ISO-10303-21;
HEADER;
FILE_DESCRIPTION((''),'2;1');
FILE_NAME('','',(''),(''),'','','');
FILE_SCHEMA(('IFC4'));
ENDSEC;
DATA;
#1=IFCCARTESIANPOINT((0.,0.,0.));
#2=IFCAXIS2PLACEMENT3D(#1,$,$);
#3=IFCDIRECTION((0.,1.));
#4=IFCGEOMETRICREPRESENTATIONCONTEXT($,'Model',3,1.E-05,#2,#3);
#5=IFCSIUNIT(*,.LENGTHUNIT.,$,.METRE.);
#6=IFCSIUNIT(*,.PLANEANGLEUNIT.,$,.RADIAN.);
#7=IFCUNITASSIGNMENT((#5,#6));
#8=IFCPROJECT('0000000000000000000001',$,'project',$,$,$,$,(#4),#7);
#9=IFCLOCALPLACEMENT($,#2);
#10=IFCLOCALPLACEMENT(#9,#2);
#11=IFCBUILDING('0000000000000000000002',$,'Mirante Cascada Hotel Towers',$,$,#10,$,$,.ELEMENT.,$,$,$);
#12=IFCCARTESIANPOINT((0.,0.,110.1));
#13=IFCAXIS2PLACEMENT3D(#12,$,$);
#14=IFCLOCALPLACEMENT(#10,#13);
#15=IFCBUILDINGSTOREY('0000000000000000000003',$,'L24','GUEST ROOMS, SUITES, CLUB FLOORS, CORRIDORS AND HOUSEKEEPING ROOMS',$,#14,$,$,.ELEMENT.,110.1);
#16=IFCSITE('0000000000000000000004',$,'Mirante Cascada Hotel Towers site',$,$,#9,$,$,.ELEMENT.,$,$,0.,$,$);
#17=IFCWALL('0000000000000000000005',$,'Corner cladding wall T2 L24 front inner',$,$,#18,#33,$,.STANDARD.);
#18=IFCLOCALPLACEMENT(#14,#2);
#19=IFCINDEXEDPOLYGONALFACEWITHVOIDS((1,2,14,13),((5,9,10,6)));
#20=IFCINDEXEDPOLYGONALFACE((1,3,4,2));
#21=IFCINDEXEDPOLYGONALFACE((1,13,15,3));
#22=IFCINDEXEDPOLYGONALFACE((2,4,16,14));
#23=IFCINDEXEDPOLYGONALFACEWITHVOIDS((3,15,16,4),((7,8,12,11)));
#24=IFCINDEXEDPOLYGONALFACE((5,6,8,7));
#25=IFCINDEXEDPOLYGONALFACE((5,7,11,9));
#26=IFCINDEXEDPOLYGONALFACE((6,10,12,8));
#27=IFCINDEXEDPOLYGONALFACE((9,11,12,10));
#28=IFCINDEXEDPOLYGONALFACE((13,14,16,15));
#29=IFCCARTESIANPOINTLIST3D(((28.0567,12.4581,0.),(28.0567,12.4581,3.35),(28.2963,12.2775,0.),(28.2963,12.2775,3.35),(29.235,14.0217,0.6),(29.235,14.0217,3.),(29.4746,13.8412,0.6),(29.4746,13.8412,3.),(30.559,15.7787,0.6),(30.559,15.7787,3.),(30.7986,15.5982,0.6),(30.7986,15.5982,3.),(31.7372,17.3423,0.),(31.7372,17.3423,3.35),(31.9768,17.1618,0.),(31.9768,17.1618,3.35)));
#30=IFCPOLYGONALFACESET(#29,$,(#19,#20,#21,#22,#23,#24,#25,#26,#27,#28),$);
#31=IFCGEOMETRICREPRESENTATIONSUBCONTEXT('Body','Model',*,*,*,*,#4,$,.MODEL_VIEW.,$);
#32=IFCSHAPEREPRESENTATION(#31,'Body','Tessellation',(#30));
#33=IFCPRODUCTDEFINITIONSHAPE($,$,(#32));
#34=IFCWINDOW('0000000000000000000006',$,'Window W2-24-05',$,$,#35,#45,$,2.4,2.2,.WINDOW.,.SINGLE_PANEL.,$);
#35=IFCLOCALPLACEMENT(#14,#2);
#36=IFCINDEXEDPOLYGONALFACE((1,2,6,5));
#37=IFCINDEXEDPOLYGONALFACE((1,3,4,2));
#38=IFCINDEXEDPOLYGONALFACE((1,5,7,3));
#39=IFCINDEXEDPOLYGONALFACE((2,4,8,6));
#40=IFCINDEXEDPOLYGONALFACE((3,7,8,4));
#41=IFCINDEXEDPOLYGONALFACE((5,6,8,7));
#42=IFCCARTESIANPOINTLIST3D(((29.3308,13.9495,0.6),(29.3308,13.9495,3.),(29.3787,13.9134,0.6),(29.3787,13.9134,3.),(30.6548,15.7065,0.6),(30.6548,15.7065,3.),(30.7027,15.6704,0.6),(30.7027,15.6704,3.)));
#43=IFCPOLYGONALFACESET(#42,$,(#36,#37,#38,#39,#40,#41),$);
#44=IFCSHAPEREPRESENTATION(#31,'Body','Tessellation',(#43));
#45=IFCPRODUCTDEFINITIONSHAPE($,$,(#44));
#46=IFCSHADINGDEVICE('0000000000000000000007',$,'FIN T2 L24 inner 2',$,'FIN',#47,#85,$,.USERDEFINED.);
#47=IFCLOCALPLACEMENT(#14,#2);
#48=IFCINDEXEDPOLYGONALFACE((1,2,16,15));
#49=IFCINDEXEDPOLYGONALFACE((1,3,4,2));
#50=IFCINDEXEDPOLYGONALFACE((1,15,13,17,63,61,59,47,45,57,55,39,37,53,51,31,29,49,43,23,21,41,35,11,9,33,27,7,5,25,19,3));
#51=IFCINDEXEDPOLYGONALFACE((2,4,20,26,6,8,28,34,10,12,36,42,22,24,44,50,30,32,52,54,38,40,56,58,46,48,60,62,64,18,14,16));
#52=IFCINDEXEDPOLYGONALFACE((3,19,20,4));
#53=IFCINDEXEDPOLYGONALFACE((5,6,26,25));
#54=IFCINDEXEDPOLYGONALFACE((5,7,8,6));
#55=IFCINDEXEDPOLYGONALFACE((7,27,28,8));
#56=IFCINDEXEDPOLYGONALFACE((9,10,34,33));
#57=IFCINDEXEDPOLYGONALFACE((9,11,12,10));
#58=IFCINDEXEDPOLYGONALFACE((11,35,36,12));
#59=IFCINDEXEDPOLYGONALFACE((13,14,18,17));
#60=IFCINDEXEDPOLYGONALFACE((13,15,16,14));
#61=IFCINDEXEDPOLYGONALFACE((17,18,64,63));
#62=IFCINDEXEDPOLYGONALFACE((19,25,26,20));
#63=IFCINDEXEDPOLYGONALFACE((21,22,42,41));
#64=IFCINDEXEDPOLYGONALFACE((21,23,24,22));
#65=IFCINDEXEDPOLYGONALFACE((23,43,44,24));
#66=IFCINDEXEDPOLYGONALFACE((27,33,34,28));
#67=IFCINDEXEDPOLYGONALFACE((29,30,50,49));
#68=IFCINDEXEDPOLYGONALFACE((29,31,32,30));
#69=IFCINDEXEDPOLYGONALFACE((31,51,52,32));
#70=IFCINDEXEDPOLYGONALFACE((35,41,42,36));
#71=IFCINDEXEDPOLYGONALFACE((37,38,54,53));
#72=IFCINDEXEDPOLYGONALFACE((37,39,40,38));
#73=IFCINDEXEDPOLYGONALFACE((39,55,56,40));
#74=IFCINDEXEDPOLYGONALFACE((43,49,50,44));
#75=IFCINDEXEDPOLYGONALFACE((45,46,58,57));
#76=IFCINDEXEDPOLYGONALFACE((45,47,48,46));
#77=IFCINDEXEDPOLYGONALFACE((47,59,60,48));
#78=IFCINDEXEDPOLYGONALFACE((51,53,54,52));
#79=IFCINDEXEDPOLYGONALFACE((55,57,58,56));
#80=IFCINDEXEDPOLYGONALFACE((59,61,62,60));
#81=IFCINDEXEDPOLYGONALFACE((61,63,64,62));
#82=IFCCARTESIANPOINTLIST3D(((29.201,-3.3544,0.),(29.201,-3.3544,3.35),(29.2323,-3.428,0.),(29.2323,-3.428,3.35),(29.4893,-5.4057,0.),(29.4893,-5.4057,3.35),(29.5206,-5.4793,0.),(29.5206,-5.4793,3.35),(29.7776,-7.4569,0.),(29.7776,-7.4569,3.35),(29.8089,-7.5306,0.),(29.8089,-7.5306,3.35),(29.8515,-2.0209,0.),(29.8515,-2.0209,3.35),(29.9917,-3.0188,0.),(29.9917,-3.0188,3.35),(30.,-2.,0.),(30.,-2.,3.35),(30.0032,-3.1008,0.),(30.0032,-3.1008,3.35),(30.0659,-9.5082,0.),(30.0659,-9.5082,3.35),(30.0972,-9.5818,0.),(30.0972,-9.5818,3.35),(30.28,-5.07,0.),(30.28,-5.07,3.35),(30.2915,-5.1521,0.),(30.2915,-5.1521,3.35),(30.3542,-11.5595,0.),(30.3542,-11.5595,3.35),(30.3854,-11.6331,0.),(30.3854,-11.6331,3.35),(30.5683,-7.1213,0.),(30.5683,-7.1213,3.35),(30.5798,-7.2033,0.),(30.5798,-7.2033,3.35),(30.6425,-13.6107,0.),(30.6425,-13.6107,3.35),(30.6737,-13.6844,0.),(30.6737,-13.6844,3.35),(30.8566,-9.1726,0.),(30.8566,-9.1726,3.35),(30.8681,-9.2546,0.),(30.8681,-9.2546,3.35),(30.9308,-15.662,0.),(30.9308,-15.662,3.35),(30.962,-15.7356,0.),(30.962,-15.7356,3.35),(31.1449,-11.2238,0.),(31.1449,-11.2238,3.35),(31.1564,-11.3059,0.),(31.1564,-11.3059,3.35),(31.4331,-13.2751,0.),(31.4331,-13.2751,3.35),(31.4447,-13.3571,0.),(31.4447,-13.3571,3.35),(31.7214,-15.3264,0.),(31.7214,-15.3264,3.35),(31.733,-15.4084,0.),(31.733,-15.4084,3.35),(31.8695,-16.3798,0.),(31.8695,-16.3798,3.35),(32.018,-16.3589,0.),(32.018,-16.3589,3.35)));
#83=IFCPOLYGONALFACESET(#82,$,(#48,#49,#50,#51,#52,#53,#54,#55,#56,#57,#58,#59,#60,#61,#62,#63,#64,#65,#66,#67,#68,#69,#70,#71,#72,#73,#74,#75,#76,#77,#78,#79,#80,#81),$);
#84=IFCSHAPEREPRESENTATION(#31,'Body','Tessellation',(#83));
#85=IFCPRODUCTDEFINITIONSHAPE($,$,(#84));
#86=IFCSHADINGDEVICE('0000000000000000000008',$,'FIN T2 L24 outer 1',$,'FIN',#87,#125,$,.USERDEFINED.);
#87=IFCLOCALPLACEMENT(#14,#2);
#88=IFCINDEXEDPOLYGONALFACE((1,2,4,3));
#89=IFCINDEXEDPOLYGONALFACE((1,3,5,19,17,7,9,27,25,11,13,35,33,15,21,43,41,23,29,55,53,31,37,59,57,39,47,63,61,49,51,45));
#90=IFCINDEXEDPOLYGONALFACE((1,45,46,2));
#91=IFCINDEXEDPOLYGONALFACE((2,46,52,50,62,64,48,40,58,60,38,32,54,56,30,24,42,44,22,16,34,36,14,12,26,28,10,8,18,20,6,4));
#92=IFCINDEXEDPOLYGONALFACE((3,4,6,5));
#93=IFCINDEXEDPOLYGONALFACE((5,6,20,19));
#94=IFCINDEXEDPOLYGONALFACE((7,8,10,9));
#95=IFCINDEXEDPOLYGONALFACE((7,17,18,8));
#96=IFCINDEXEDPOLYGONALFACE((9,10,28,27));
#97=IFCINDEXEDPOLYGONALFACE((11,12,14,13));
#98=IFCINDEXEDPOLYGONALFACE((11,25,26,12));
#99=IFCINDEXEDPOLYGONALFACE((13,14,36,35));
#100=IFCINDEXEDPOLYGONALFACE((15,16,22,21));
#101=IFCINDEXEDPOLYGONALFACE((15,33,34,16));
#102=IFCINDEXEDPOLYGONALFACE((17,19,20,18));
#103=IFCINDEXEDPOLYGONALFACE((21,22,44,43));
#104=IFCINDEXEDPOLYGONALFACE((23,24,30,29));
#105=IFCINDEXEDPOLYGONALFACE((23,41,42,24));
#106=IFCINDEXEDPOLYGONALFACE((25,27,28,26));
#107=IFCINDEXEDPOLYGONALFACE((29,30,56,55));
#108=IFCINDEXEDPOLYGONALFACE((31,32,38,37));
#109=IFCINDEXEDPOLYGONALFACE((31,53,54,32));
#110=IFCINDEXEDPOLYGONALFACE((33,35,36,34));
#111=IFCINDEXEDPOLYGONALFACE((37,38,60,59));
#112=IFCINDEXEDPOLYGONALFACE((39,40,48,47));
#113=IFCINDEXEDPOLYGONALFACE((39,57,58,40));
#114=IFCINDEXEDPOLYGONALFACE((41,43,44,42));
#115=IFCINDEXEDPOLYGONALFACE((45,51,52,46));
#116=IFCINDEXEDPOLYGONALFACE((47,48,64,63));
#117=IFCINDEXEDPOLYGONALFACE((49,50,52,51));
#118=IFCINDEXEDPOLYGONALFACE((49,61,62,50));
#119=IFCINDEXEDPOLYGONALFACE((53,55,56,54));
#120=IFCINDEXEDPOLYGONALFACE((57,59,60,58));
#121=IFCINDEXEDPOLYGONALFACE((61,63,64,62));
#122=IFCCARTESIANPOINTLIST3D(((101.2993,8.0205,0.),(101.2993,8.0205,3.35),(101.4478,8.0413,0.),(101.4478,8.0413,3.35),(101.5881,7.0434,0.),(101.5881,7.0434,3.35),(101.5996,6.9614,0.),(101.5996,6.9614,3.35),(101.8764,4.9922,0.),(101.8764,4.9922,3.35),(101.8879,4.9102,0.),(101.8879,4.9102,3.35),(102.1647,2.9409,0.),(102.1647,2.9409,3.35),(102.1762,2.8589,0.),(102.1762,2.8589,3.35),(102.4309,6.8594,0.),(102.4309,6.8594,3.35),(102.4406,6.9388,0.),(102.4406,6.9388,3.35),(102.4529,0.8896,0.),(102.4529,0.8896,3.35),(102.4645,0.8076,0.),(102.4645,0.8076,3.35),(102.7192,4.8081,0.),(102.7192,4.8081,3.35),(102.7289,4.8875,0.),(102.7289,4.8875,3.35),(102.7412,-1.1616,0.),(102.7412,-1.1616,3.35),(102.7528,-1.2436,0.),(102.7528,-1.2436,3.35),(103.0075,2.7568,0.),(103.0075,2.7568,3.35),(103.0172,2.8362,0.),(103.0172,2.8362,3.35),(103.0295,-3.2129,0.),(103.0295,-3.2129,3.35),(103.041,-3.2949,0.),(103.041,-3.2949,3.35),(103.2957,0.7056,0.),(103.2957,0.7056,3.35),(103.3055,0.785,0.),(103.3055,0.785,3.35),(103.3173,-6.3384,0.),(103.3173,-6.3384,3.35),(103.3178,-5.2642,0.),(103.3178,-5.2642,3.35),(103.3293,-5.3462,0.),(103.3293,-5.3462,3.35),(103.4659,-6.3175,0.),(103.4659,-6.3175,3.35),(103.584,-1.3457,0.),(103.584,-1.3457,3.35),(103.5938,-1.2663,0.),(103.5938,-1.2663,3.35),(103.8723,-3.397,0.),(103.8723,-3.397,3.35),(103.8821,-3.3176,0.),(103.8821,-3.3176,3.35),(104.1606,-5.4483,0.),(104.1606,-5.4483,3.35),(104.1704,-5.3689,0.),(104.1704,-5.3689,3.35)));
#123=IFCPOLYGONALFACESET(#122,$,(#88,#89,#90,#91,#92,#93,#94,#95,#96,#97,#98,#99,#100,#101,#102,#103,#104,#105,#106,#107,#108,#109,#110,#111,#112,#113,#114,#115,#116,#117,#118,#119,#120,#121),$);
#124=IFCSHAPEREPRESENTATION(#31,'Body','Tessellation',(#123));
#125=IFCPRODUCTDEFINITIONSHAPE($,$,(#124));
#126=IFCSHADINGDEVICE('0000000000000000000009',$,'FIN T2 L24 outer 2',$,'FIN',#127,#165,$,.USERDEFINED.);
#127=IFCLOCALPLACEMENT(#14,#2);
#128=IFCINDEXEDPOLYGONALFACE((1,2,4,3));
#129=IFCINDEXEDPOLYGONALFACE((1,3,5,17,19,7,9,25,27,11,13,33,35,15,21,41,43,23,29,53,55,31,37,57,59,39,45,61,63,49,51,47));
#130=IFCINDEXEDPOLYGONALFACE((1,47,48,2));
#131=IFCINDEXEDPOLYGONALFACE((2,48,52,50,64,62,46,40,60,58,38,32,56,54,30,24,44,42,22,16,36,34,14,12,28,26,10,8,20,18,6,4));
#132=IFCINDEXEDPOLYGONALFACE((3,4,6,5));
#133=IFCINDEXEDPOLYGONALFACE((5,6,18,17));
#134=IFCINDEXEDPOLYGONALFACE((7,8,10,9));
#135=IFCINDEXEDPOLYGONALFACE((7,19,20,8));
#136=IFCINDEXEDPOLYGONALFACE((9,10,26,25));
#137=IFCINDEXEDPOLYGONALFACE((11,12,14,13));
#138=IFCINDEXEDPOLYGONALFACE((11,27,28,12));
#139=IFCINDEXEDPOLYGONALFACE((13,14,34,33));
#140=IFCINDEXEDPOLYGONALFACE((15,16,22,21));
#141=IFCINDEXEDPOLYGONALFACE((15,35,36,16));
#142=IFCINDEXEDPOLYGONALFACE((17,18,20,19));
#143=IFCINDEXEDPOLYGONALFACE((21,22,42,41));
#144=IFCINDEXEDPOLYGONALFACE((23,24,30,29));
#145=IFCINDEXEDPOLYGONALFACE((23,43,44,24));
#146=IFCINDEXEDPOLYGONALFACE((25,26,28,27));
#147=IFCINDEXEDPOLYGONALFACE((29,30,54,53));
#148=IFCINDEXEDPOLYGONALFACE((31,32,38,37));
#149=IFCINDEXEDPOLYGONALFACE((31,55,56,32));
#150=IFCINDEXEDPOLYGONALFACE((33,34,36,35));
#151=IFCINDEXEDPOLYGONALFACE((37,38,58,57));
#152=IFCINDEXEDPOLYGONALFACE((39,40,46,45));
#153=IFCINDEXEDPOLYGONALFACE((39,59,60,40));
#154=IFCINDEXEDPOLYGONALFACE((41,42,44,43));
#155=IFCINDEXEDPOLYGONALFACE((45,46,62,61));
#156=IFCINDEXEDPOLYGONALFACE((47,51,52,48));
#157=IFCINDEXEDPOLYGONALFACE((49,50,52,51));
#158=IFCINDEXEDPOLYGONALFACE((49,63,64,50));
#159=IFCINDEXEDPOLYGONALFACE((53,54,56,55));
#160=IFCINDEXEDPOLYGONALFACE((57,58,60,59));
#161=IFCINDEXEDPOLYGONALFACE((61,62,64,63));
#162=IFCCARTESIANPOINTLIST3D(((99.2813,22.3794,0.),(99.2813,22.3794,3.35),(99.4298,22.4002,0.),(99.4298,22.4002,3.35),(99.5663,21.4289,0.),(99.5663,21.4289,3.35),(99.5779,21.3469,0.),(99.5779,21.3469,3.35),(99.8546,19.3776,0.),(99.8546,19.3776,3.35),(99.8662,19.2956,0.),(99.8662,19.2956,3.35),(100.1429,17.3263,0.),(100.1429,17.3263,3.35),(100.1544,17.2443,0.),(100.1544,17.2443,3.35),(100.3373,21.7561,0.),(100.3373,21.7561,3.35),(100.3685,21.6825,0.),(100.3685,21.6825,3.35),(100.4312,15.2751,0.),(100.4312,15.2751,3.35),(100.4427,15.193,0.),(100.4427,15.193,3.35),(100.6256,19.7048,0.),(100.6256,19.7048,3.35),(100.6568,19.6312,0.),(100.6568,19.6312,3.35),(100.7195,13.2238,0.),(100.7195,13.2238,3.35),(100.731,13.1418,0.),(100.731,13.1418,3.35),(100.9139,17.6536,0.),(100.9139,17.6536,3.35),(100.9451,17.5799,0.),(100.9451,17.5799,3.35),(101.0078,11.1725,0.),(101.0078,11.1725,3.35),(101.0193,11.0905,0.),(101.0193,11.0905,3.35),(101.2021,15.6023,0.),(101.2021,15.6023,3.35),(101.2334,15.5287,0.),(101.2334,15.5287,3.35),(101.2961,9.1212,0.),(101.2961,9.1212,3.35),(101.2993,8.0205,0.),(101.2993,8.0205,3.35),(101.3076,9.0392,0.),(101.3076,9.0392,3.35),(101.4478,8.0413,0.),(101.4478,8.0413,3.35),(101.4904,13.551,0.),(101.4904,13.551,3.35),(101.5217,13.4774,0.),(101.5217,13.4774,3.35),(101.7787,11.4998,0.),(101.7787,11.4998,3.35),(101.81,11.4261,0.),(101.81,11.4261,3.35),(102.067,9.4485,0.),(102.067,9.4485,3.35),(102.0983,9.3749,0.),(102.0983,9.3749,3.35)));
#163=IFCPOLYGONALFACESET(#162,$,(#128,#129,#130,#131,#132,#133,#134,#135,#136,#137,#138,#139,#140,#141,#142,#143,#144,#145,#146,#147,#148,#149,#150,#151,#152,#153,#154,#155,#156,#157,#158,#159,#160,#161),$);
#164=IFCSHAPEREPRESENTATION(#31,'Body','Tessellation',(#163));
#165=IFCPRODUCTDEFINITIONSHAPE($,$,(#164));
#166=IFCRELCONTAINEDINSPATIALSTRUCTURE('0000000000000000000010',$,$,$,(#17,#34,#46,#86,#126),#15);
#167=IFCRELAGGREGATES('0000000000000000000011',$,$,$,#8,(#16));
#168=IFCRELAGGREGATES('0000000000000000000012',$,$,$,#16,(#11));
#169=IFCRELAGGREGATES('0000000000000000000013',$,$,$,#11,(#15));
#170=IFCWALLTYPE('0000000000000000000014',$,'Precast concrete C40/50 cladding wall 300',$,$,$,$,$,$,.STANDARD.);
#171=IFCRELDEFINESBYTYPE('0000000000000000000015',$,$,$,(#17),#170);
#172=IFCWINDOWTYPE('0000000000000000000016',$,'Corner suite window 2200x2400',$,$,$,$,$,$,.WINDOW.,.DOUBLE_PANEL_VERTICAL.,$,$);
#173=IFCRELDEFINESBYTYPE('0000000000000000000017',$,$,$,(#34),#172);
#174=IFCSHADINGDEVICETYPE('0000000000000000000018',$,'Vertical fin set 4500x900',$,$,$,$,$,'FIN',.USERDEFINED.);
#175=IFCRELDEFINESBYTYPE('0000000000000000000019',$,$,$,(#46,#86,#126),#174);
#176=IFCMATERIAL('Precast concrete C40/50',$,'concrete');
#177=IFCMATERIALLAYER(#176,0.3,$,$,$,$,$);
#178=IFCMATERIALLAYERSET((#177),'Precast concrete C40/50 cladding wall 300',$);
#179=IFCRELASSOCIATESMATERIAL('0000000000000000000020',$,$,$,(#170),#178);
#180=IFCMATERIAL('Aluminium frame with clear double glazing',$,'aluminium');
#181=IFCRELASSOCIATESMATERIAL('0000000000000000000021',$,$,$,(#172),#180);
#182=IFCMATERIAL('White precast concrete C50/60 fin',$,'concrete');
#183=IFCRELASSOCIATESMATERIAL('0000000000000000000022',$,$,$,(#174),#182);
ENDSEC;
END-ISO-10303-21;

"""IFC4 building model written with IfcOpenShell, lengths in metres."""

from ifc_helpers import new_model, si_unit, direction, frame, frame_2d, origin, place, context, subcontext, project, spatial, polyline, rectangle, outline, extrude, material, layer, layer_set, type_object, element, fill, save


model = new_model("IFC4")

# Units and contexts
model_context = context("Model", 3, precision=1e-05, world=origin(), true_north=direction((0.0, 1.0)))
body_context = subcontext(model_context, "Body", "Model", "MODEL_VIEW")
ifc_project = project(units=[si_unit("LENGTHUNIT", "METRE"), si_unit("PLANEANGLEUNIT", "RADIAN")], contexts=[model_context])

# Site, building, storey
site_placement = place(None, origin())
site = spatial("IfcSite", under=ifc_project, at=site_placement, Name="Mirante Cascada Hotel Towers site", CompositionType="ELEMENT", RefElevation=0.0)
building_placement = place(site_placement, origin())
building = spatial("IfcBuilding", under=site, at=building_placement, Name="Mirante Cascada Hotel Towers", CompositionType="ELEMENT")
storey_placement = place(building_placement, frame((0.0, 0.0, 110.1)))
storey = spatial("IfcBuildingStorey", under=building, at=storey_placement, Name="L24", Description="GUEST ROOMS, SUITES, CLUB FLOORS, CORRIDORS AND HOUSEKEEPING ROOMS", CompositionType="ELEMENT", Elevation=110.1)

# Wall, opening, window
ifc_material_1 = material(Name="Precast concrete C40/50", Category="concrete")
ifc_layer_1 = layer(ifc_material_1, 0.3)
ifc_layer_set_1 = layer_set([ifc_layer_1], Name="Precast concrete C40/50 cladding wall 300")
wall_type_1 = type_object("IfcWallType", Name="Precast concrete C40/50 cladding wall 300", PredefinedType="STANDARD", material=ifc_layer_set_1)
wall_1_placement = place(storey_placement, frame((31.857, 17.252, 0.0), z_axis=(0.0, 0.0, 1.0), x_axis=(-0.601814, -0.798636, 0.0)))
wall_1 = element("IfcWall", 1, at=wall_1_placement, inside=storey, type_object=wall_type_1, Name="Corner cladding wall T2 L24 front inner", PredefinedType="STANDARD", context=body_context, shape_type="SweptSolid", body=[
    extrude(rectangle(XDim=6.1157, YDim=0.3, at=frame_2d((3.0578, 0.0))), origin(), (0.0, 0.0, 1.0), 3.35),
])
opening_1_placement = place(wall_1_placement, frame((1.9578, 0.0, 0.6)))
opening_1 = element("IfcOpeningElement", 2, at=opening_1_placement, cuts=wall_1, PredefinedType="OPENING", context=body_context, shape_type="SweptSolid", body=[
    extrude(rectangle(XDim=2.2, YDim=2.4, at=frame_2d((1.1, 1.2))), frame((0.0, 0.15, 0.0), z_axis=(0.0, -1.0, 0.0), x_axis=(1.0, 0.0, 0.0)), (0.0, 0.0, 1.0), 0.3),
])
ifc_material_2 = material(Name="Aluminium frame with clear double glazing", Category="aluminium")
window_type = type_object("IfcWindowType", Name="Corner suite window 2200x2400", PartitioningType="DOUBLE_PANEL_VERTICAL", PredefinedType="WINDOW", material=ifc_material_2)
window_placement = place(opening_1_placement, origin())
window = element("IfcWindow", 3, at=window_placement, inside=storey, type_object=window_type, Name="Window W2-24-05", OverallHeight=2.4, OverallWidth=2.2, PartitioningType="SINGLE_PANEL", PredefinedType="WINDOW", context=body_context, shape_type="SweptSolid", body=[
    extrude(rectangle(XDim=2.2, YDim=2.4, at=frame_2d((1.1, 1.2))), frame((0.0, 0.03, 0.0), z_axis=(0.0, -1.0, 0.0), x_axis=(1.0, 0.0, 0.0)), (0.0, 0.0, 1.0), 0.06),
])
fill(opening_1, window)

# Shading devices
ifc_material_3 = material(Name="White precast concrete C50/60 fin", Category="concrete")
shading_device_type = type_object("IfcShadingDeviceType", Name="Vertical fin set 4500x900", ElementType="FIN", PredefinedType="USERDEFINED", material=ifc_material_3)
shading_device_1_placement = place(storey_placement, origin())
element("IfcShadingDevice", 4, at=shading_device_1_placement, inside=storey, type_object=shading_device_type, Name="FIN T2 L24 inner 2", ObjectType="FIN", PredefinedType="USERDEFINED", context=body_context, shape_type="SweptSolid", body=[
    extrude(outline(polyline([(30.9308, -15.662), (31.7214, -15.3264), (31.4447, -13.3571), (30.6737, -13.6844), (30.6425, -13.6107), (31.4331, -13.2751), (31.1564, -11.3059), (30.3854, -11.6331), (30.3542, -11.5595), (31.1449, -11.2238), (30.8681, -9.2546), (30.0972, -9.5818), (30.0659, -9.5082), (30.8566, -9.1726), (30.5798, -7.2033), (29.8089, -7.5306), (29.7776, -7.4569), (30.5683, -7.1213), (30.2915, -5.1521), (29.5206, -5.4793), (29.4893, -5.4057), (30.28, -5.07), (30.0032, -3.1008), (29.2323, -3.428), (29.201, -3.3544), (29.9917, -3.0188), (29.8515, -2.0209), (30.0, -2.0), (32.018, -16.3589), (31.8695, -16.3798), (31.733, -15.4084), (30.962, -15.7356), (30.9308, -15.662)])), origin(), (0.0, 0.0, 1.0), 3.35),
])
shading_device_2_placement = place(storey_placement, origin())
element("IfcShadingDevice", 5, at=shading_device_2_placement, inside=storey, type_object=shading_device_type, Name="FIN T2 L24 outer 1", ObjectType="FIN", PredefinedType="USERDEFINED", context=body_context, shape_type="SweptSolid", body=[
    extrude(outline(polyline([(104.1606, -5.4483), (103.3293, -5.3462), (103.4659, -6.3175), (103.3173, -6.3384), (101.2993, 8.0205), (101.4478, 8.0413), (101.5881, 7.0434), (102.4406, 6.9388), (102.4309, 6.8594), (101.5996, 6.9614), (101.8764, 4.9922), (102.7289, 4.8875), (102.7192, 4.8081), (101.8879, 4.9102), (102.1647, 2.9409), (103.0172, 2.8362), (103.0075, 2.7568), (102.1762, 2.8589), (102.4529, 0.8896), (103.3055, 0.785), (103.2957, 0.7056), (102.4645, 0.8076), (102.7412, -1.1616), (103.5938, -1.2663), (103.584, -1.3457), (102.7528, -1.2436), (103.0295, -3.2129), (103.8821, -3.3176), (103.8723, -3.397), (103.041, -3.2949), (103.3178, -5.2642), (104.1704, -5.3689), (104.1606, -5.4483)])), origin(), (0.0, 0.0, 1.0), 3.35),
])
shading_device_3_placement = place(storey_placement, origin())
element("IfcShadingDevice", 6, at=shading_device_3_placement, inside=storey, type_object=shading_device_type, Name="FIN T2 L24 outer 2", ObjectType="FIN", PredefinedType="USERDEFINED", context=body_context, shape_type="SweptSolid", body=[
    extrude(outline(polyline([(102.0983, 9.3749), (101.3076, 9.0392), (101.4478, 8.0413), (101.2993, 8.0205), (99.2813, 22.3794), (99.4298, 22.4002), (99.5663, 21.4289), (100.3373, 21.7561), (100.3685, 21.6825), (99.5779, 21.3469), (99.8546, 19.3776), (100.6256, 19.7048), (100.6568, 19.6312), (99.8662, 19.2956), (100.1429, 17.3263), (100.9139, 17.6536), (100.9451, 17.5799), (100.1544, 17.2443), (100.4312, 15.2751), (101.2021, 15.6023), (101.2334, 15.5287), (100.4427, 15.193), (100.7195, 13.2238), (101.4904, 13.551), (101.5217, 13.4774), (100.731, 13.1418), (101.0078, 11.1725), (101.7787, 11.4998), (101.81, 11.4261), (101.0193, 11.0905), (101.2961, 9.1212), (102.067, 9.4485), (102.0983, 9.3749)])), origin(), (0.0, 0.0, 1.0), 3.35),
])

save(model, "model.ifc")
